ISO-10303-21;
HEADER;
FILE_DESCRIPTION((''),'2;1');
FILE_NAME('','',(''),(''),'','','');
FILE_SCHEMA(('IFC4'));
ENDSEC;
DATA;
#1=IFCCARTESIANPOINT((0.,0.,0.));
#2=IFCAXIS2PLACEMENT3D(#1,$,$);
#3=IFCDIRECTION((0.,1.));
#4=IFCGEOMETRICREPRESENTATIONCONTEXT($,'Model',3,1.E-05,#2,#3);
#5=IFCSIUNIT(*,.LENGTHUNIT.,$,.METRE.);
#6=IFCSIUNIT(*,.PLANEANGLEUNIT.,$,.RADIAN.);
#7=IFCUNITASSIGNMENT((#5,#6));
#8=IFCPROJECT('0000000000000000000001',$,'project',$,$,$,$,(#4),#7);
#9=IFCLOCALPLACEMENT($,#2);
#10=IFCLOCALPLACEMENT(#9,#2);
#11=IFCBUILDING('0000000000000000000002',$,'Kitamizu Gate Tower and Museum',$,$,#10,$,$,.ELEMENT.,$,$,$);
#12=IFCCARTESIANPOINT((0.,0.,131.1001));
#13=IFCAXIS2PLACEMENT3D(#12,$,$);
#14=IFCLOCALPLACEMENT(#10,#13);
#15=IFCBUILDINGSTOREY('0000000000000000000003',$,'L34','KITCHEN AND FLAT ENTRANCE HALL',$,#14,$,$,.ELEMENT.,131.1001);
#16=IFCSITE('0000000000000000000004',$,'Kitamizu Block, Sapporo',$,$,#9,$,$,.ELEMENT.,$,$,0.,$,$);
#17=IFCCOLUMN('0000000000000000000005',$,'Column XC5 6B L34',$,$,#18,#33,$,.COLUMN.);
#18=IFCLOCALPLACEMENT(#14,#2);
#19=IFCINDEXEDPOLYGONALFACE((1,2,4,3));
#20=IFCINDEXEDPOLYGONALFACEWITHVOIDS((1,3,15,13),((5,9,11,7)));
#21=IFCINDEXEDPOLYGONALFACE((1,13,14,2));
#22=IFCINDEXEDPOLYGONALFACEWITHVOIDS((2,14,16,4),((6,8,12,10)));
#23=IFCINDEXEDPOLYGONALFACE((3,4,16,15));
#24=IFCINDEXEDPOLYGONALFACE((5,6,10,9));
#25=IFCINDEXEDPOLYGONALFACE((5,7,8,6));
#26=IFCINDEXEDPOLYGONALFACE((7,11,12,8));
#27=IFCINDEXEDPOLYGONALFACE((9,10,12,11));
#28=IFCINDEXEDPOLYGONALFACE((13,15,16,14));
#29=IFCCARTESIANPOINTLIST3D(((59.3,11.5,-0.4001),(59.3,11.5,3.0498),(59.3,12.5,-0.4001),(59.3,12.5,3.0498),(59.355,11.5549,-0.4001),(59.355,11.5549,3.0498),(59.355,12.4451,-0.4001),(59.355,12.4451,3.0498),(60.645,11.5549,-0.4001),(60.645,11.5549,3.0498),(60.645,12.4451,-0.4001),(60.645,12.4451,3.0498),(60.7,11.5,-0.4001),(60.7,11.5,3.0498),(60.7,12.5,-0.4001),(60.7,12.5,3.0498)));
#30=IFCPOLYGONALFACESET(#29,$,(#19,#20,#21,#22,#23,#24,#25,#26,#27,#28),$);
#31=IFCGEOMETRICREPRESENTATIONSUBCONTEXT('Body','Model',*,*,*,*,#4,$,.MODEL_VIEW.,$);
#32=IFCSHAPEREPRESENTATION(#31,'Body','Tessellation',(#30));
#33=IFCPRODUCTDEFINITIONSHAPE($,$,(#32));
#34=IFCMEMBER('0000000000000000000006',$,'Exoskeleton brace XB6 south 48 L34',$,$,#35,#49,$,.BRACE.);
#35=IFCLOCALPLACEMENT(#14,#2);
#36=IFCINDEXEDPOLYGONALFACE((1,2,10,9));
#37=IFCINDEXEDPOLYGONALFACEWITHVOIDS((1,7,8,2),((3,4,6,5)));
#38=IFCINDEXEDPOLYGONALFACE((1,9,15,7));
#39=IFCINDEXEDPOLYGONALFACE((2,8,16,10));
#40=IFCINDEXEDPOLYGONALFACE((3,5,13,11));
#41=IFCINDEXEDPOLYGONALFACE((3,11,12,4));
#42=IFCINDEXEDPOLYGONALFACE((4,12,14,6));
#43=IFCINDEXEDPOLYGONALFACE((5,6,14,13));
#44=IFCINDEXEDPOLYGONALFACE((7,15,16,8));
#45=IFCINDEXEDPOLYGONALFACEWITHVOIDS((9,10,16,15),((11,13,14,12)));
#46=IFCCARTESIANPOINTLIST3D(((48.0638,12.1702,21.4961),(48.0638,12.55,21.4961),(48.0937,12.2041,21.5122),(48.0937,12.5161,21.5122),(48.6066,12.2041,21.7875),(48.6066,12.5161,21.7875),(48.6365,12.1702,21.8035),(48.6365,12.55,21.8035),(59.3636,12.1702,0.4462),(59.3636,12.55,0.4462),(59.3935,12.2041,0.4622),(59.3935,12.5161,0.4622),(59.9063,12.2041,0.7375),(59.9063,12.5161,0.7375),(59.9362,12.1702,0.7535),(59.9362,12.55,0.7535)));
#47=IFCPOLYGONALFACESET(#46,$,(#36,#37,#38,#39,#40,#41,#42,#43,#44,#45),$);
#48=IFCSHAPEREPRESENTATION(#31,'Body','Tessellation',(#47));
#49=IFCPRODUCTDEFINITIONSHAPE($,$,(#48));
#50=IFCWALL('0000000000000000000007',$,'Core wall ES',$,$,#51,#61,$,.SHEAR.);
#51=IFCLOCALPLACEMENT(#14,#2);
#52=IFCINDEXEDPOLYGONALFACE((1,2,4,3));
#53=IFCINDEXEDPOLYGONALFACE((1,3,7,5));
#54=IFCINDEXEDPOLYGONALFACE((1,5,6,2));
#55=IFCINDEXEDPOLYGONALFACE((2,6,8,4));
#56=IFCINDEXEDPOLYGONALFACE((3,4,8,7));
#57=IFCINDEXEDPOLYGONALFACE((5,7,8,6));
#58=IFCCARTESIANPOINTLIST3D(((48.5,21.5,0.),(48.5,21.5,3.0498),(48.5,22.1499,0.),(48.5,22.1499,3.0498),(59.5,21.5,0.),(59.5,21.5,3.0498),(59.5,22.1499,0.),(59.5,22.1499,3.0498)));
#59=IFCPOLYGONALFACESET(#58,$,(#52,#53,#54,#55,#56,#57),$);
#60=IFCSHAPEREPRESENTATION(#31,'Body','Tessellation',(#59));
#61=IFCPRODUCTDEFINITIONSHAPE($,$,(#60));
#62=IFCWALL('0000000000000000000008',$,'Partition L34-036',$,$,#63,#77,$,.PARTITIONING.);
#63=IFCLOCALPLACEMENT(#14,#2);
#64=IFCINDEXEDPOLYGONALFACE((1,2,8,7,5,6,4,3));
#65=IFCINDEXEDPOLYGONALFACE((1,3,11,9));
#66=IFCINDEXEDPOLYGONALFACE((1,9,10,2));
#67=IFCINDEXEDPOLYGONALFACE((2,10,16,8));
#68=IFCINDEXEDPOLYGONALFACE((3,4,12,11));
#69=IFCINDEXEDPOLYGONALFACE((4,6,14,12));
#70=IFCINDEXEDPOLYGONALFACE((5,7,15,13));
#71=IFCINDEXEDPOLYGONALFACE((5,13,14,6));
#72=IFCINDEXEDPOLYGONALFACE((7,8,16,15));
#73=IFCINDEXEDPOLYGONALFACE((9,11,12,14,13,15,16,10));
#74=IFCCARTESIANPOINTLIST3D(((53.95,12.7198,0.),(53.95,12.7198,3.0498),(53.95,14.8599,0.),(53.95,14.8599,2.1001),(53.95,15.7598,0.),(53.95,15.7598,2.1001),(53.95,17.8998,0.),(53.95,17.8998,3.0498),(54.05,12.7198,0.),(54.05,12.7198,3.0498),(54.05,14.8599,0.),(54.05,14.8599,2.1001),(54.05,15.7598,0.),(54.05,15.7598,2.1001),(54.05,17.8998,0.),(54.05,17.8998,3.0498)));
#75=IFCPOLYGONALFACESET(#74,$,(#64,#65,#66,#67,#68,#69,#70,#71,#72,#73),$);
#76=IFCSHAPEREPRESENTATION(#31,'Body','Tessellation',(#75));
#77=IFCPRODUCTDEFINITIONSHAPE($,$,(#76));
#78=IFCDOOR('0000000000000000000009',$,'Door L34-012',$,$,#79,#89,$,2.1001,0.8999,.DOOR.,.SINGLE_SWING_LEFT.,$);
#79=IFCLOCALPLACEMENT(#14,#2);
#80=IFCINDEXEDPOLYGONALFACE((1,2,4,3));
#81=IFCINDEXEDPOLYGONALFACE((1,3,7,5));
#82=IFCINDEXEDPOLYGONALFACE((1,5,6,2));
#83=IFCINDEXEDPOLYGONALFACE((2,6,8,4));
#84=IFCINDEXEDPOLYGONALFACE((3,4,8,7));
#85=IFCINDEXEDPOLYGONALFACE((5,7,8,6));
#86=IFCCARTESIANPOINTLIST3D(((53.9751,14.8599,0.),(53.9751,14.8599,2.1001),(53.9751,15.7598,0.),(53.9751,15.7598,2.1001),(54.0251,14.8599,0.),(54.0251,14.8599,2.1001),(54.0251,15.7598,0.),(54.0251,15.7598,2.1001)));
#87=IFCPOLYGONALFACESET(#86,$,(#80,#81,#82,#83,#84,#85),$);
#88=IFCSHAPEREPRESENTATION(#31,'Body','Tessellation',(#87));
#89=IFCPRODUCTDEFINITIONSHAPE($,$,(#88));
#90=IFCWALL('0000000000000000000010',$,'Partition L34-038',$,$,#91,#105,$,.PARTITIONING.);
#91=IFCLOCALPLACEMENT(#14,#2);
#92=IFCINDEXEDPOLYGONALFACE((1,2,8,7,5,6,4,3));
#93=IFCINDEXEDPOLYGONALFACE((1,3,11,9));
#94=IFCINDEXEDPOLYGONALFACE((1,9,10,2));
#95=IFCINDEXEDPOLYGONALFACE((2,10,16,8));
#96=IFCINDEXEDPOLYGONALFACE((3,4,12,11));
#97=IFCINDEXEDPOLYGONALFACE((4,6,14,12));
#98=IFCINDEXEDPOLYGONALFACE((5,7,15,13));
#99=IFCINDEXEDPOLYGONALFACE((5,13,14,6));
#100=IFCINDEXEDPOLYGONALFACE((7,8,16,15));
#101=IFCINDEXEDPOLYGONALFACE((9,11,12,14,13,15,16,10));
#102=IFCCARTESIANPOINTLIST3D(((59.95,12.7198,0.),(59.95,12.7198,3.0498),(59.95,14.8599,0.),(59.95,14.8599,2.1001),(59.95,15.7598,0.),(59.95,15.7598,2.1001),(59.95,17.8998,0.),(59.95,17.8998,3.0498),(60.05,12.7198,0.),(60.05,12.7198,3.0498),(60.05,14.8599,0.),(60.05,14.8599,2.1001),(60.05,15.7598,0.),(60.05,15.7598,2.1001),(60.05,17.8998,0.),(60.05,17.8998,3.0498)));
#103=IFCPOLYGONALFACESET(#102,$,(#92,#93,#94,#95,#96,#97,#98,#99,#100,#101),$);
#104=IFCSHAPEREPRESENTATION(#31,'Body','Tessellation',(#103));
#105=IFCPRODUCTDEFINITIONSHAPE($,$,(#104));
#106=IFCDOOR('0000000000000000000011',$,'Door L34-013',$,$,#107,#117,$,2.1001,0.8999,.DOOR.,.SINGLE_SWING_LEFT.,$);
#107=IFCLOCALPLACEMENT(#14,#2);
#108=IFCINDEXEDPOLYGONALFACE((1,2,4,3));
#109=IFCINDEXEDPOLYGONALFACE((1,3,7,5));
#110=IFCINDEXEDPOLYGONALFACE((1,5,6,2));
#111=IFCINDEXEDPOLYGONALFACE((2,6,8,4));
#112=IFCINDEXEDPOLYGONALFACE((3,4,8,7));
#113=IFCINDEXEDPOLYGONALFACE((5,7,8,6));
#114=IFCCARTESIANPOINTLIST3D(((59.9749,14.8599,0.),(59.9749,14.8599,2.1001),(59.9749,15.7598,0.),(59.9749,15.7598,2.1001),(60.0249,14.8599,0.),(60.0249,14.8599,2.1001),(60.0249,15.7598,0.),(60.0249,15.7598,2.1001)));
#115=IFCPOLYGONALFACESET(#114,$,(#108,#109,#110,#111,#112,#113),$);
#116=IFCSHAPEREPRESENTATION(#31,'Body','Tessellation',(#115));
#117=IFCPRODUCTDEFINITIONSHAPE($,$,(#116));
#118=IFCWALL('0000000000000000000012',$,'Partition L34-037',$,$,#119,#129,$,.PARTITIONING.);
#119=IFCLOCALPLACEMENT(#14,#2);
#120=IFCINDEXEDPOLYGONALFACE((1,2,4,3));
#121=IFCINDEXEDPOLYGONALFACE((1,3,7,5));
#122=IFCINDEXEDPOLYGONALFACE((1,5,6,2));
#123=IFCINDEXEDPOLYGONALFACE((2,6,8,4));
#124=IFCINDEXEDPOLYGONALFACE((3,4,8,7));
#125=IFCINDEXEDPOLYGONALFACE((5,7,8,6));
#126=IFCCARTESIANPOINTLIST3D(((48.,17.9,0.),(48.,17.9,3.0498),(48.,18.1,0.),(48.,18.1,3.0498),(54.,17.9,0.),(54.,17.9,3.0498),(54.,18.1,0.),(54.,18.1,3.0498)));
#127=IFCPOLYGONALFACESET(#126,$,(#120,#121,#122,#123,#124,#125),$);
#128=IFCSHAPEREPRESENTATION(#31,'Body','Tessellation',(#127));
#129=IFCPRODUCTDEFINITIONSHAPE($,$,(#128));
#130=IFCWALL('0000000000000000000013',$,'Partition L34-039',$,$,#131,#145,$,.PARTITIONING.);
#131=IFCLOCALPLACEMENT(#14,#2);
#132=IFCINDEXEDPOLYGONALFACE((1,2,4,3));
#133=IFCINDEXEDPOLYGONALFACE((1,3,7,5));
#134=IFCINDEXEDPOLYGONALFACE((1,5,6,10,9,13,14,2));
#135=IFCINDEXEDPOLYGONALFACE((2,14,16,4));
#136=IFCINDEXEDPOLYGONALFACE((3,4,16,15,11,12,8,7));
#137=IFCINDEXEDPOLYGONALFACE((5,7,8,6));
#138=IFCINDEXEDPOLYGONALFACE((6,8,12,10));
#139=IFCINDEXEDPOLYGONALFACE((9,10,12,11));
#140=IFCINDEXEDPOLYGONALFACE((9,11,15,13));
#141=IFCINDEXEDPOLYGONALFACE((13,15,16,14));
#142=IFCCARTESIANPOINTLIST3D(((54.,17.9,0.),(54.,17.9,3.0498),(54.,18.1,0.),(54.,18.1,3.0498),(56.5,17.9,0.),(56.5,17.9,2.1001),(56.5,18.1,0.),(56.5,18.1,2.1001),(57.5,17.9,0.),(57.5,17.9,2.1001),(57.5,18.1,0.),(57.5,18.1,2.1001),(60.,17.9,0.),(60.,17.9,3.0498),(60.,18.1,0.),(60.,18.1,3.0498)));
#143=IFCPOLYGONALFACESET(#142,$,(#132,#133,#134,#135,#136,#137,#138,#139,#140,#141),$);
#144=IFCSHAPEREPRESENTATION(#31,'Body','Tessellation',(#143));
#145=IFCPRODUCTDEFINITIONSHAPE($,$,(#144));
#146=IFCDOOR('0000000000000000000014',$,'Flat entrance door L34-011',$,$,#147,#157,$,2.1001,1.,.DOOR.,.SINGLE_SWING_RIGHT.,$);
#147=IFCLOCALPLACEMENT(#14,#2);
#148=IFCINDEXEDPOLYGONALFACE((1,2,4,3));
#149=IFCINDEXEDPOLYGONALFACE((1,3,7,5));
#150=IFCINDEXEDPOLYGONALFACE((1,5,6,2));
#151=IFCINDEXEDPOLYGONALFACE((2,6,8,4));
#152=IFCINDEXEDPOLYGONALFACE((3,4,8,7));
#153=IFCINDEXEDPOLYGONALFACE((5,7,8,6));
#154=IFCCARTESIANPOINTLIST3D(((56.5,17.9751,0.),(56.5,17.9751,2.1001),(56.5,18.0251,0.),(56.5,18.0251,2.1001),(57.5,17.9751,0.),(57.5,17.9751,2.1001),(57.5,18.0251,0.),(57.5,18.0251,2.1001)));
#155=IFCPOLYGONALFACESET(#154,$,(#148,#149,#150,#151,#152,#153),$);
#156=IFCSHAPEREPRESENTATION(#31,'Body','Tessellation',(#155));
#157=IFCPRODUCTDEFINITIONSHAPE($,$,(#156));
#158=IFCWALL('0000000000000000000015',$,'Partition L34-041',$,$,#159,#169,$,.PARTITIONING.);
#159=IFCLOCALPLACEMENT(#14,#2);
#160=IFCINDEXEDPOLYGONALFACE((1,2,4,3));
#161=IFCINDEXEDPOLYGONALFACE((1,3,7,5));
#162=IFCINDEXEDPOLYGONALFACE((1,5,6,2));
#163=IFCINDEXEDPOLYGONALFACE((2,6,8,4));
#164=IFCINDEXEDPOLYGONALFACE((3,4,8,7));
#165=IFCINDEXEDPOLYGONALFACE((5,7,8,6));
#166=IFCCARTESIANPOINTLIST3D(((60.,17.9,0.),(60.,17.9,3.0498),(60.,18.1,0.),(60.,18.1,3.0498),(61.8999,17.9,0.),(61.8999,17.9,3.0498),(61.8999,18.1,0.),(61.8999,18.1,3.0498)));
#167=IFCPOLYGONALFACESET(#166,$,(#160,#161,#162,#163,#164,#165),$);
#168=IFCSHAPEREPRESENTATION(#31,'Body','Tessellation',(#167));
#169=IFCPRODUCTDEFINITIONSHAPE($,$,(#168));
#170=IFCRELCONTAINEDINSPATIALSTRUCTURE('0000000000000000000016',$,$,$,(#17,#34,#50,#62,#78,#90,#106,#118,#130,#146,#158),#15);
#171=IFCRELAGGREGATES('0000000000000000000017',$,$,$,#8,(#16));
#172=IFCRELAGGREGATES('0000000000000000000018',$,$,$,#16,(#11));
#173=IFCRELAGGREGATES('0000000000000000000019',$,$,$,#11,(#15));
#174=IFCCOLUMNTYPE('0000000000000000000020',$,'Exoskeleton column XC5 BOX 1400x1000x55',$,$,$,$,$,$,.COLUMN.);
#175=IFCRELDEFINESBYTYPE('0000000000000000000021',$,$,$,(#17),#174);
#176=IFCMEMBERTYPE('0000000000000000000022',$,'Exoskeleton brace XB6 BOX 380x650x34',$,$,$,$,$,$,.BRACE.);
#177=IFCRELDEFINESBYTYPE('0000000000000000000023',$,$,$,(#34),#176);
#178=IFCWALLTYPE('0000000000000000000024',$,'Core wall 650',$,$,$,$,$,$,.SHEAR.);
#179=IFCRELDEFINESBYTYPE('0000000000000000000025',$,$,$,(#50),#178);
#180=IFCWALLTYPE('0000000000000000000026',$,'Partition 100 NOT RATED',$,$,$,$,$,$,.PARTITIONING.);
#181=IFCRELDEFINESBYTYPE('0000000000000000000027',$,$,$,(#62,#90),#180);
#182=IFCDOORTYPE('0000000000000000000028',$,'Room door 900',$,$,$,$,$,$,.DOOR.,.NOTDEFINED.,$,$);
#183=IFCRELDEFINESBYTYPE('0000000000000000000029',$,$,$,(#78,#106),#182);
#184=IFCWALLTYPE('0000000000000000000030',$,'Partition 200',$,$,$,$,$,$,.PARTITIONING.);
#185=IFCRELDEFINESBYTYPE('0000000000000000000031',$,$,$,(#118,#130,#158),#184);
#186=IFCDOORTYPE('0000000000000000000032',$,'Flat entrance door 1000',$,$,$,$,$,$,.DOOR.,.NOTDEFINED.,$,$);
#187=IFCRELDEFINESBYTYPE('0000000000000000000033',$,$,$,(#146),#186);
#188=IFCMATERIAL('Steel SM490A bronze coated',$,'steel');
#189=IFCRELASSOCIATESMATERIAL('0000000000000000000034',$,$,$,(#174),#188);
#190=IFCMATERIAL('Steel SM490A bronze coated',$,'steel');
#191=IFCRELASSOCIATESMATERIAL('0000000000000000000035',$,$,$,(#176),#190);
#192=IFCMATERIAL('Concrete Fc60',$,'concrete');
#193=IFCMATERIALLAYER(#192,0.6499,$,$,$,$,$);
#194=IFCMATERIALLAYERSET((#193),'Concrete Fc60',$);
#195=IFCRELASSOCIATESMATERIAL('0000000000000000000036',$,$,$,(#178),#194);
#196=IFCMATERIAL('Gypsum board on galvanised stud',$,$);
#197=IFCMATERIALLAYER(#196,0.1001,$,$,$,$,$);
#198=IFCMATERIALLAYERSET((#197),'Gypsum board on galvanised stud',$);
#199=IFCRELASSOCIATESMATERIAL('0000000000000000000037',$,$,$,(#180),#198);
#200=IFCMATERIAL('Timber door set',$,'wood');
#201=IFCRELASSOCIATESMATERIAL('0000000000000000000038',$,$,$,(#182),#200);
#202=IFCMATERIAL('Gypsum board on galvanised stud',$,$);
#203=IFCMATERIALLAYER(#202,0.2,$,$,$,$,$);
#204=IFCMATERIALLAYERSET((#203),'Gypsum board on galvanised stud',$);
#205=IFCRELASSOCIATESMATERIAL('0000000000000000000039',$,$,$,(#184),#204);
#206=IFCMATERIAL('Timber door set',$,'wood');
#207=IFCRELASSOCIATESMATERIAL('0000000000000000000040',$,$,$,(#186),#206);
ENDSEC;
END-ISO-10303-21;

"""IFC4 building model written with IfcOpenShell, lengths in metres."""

from ifc_helpers import new_model, si_unit, direction, frame, frame_2d, origin, origin_2d, place, context, subcontext, project, spatial, rectangle, hollow_rectangle, extrude, material, layer, layer_set, material_profile, profile_set, type_object, element, fill, save


model = new_model("IFC4")

# Units and contexts
model_context = context("Model", 3, precision=1e-05, world=origin(), true_north=direction((0.0, 1.0)))
body_context = subcontext(model_context, "Body", "Model", "MODEL_VIEW")
ifc_project = project(units=[si_unit("LENGTHUNIT", "METRE"), si_unit("PLANEANGLEUNIT", "RADIAN")], contexts=[model_context])

# Site, building, storey
site_placement = place(None, origin())
site = spatial("IfcSite", under=ifc_project, at=site_placement, Name="Kitamizu Block, Sapporo", CompositionType="ELEMENT", RefElevation=0.0)
building_placement = place(site_placement, origin())
building = spatial("IfcBuilding", under=site, at=building_placement, Name="Kitamizu Gate Tower and Museum", CompositionType="ELEMENT")
storey_placement = place(building_placement, frame((0.0, 0.0, 131.1001)))
storey = spatial("IfcBuildingStorey", under=building, at=storey_placement, Name="L34", Description="KITCHEN AND FLAT ENTRANCE HALL", CompositionType="ELEMENT", Elevation=131.1001)

# Column
ifc_material_1 = material(Name="Steel SM490A bronze coated", Category="steel")
ifc_material_profile_1 = material_profile(ifc_material_1, hollow_rectangle(XDim=1.3999, YDim=1.0, WallThickness=0.0549, at=origin_2d()), Name="BOX 1400x1000x55")
ifc_profile_set_1 = profile_set([ifc_material_profile_1], Name="Steel SM490A bronze coated")
column_type = type_object("IfcColumnType", Name="Exoskeleton column XC5 BOX 1400x1000x55", PredefinedType="COLUMN", material=ifc_profile_set_1)
column_placement = place(storey_placement, frame((60.0, 12.0, -0.4001), z_axis=(0.0, 0.0, 1.0), x_axis=(1.0, 0.0, 0.0)))
element("IfcColumn", 1, at=column_placement, inside=storey, type_object=column_type, Name="Column XC5 6B L34", PredefinedType="COLUMN", context=body_context, shape_type="SweptSolid", body=[
    extrude(hollow_rectangle(XDim=1.3999, YDim=1.0, WallThickness=0.0549, at=origin_2d()), origin(), (0.0, 0.0, 1.0), 3.45),
])

# Member
ifc_material_2 = material(Name="Steel SM490A bronze coated", Category="steel")
ifc_material_profile_2 = material_profile(ifc_material_2, hollow_rectangle(XDim=0.3799, YDim=0.6499, WallThickness=0.0339, at=origin_2d()), Name="BOX 380x650x34")
ifc_profile_set_2 = profile_set([ifc_material_profile_2], Name="Steel SM490A bronze coated")
member_type = type_object("IfcMemberType", Name="Exoskeleton brace XB6 BOX 380x650x34", PredefinedType="BRACE", material=ifc_profile_set_2)
member_placement = place(storey_placement, frame((59.6499, 12.3601, 0.5999), z_axis=(-0.472969, 0.0, 0.881079), x_axis=(0.0, -1.0, 0.0)))
element("IfcMember", 2, at=member_placement, inside=storey, type_object=member_type, Name="Exoskeleton brace XB6 south 48 L34", PredefinedType="BRACE", context=body_context, shape_type="SweptSolid", body=[
    extrude(hollow_rectangle(XDim=0.3799, YDim=0.6499, WallThickness=0.0339, at=origin_2d()), origin(), (0.0, 0.0, 1.0), 23.8911),
])

# Wall
ifc_material_3 = material(Name="Concrete Fc60", Category="concrete")
ifc_layer_1 = layer(ifc_material_3, 0.6499)
ifc_layer_set_1 = layer_set([ifc_layer_1], Name="Concrete Fc60")
wall_type_1 = type_object("IfcWallType", Name="Core wall 650", PredefinedType="SHEAR", material=ifc_layer_set_1)
wall_1_placement = place(storey_placement, frame((59.5, 21.825, 0.0), z_axis=(0.0, 0.0, 1.0), x_axis=(-1.0, 0.0, 0.0)))
element("IfcWall", 3, at=wall_1_placement, inside=storey, type_object=wall_type_1, Name="Core wall ES", PredefinedType="SHEAR", context=body_context, shape_type="SweptSolid", body=[
    extrude(rectangle(XDim=11.0, YDim=0.6499, at=frame_2d((5.5, 0.0))), origin(), (0.0, 0.0, 1.0), 3.0498),
])

# Walls, openings, doors
ifc_material_4 = material(Name="Gypsum board on galvanised stud")
ifc_layer_2 = layer(ifc_material_4, 0.1001)
ifc_layer_set_2 = layer_set([ifc_layer_2], Name="Gypsum board on galvanised stud")
wall_type_2 = type_object("IfcWallType", Name="Partition 100 NOT RATED", PredefinedType="PARTITIONING", material=ifc_layer_set_2)
wall_2_placement = place(storey_placement, frame((54.0, 12.72, 0.0), z_axis=(0.0, 0.0, 1.0), x_axis=(0.0, 1.0, 0.0)))
wall_2 = element("IfcWall", 4, at=wall_2_placement, inside=storey, type_object=wall_type_2, Name="Partition L34-036", PredefinedType="PARTITIONING", context=body_context, shape_type="SweptSolid", body=[
    extrude(rectangle(XDim=5.1799, YDim=0.1001, at=frame_2d((2.5898, 0.0))), origin(), (0.0, 0.0, 1.0), 3.0498),
])
opening_1_placement = place(wall_2_placement, frame((2.1399, 0.0, 0.0)))
opening_1 = element("IfcOpeningElement", 5, at=opening_1_placement, cuts=wall_2, PredefinedType="OPENING", context=body_context, shape_type="SweptSolid", body=[
    extrude(rectangle(XDim=0.8999, YDim=2.1001, at=frame_2d((0.45, 1.05))), frame((0.0, 0.0601, 0.0), z_axis=(0.0, -1.0, 0.0), x_axis=(1.0, 0.0, 0.0)), (0.0, 0.0, 1.0), 0.1201),
])
ifc_material_5 = material(Name="Timber door set", Category="wood")
door_type_1 = type_object("IfcDoorType", Name="Room door 900", OperationType="NOTDEFINED", PredefinedType="DOOR", material=ifc_material_5)
door_1_placement = place(opening_1_placement, origin())
door_1 = element("IfcDoor", 6, at=door_1_placement, inside=storey, type_object=door_type_1, Name="Door L34-012", OperationType="SINGLE_SWING_LEFT", OverallHeight=2.1001, OverallWidth=0.8999, PredefinedType="DOOR", context=body_context, shape_type="SweptSolid", body=[
    extrude(rectangle(XDim=0.8999, YDim=2.1001, at=frame_2d((0.45, 1.05))), frame((0.0, 0.0249, 0.0), z_axis=(0.0, -1.0, 0.0), x_axis=(1.0, 0.0, 0.0)), (0.0, 0.0, 1.0), 0.05),
])
fill(opening_1, door_1)
wall_3_placement = place(storey_placement, frame((60.0, 12.72, 0.0), z_axis=(0.0, 0.0, 1.0), x_axis=(0.0, 1.0, 0.0)))
wall_3 = element("IfcWall", 7, at=wall_3_placement, inside=storey, type_object=wall_type_2, Name="Partition L34-038", PredefinedType="PARTITIONING", context=body_context, shape_type="SweptSolid", body=[
    extrude(rectangle(XDim=5.1799, YDim=0.1001, at=frame_2d((2.5898, 0.0))), origin(), (0.0, 0.0, 1.0), 3.0498),
])
opening_2_placement = place(wall_3_placement, frame((2.1399, 0.0, 0.0)))
opening_2 = element("IfcOpeningElement", 8, at=opening_2_placement, cuts=wall_3, PredefinedType="OPENING", context=body_context, shape_type="SweptSolid", body=[
    extrude(rectangle(XDim=0.8999, YDim=2.1001, at=frame_2d((0.45, 1.05))), frame((0.0, 0.0601, 0.0), z_axis=(0.0, -1.0, 0.0), x_axis=(1.0, 0.0, 0.0)), (0.0, 0.0, 1.0), 0.1201),
])
door_2_placement = place(opening_2_placement, frame((0.8999, 0.0, 0.0), x_axis=(-1.0, 0.0, 0.0)))
door_2 = element("IfcDoor", 9, at=door_2_placement, inside=storey, type_object=door_type_1, Name="Door L34-013", OperationType="SINGLE_SWING_LEFT", OverallHeight=2.1001, OverallWidth=0.8999, PredefinedType="DOOR", context=body_context, shape_type="SweptSolid", body=[
    extrude(rectangle(XDim=0.8999, YDim=2.1001, at=frame_2d((0.45, 1.05))), frame((0.0, 0.0249, 0.0), z_axis=(0.0, -1.0, 0.0), x_axis=(1.0, 0.0, 0.0)), (0.0, 0.0, 1.0), 0.05),
])
fill(opening_2, door_2)

# Wall
ifc_material_6 = material(Name="Gypsum board on galvanised stud")
ifc_layer_3 = layer(ifc_material_6, 0.2)
ifc_layer_set_3 = layer_set([ifc_layer_3], Name="Gypsum board on galvanised stud")
wall_type_3 = type_object("IfcWallType", Name="Partition 200", PredefinedType="PARTITIONING", material=ifc_layer_set_3)
wall_4_placement = place(storey_placement, frame((54.0, 18.0, 0.0), z_axis=(0.0, 0.0, 1.0), x_axis=(-1.0, 0.0, 0.0)))
element("IfcWall", 10, at=wall_4_placement, inside=storey, type_object=wall_type_3, Name="Partition L34-037", PredefinedType="PARTITIONING", context=body_context, shape_type="SweptSolid", body=[
    extrude(rectangle(XDim=6.0, YDim=0.2, at=frame_2d((3.0, 0.0))), origin(), (0.0, 0.0, 1.0), 3.0498),
])

# Wall, opening, door
wall_5_placement = place(storey_placement, frame((60.0, 18.0, 0.0), z_axis=(0.0, 0.0, 1.0), x_axis=(-1.0, 0.0, 0.0)))
wall_5 = element("IfcWall", 11, at=wall_5_placement, inside=storey, type_object=wall_type_3, Name="Partition L34-039", PredefinedType="PARTITIONING", context=body_context, shape_type="SweptSolid", body=[
    extrude(rectangle(XDim=6.0, YDim=0.2, at=frame_2d((3.0, 0.0))), origin(), (0.0, 0.0, 1.0), 3.0498),
])
opening_3_placement = place(wall_5_placement, frame((2.5, 0.0, 0.0)))
opening_3 = element("IfcOpeningElement", 12, at=opening_3_placement, cuts=wall_5, PredefinedType="OPENING", context=body_context, shape_type="SweptSolid", body=[
    extrude(rectangle(XDim=1.0, YDim=2.1001, at=frame_2d((0.5, 1.05))), frame((0.0, 0.1099, 0.0), z_axis=(0.0, -1.0, 0.0), x_axis=(1.0, 0.0, 0.0)), (0.0, 0.0, 1.0), 0.22),
])
ifc_material_7 = material(Name="Timber door set", Category="wood")
door_type_2 = type_object("IfcDoorType", Name="Flat entrance door 1000", OperationType="NOTDEFINED", PredefinedType="DOOR", material=ifc_material_7)
door_3_placement = place(opening_3_placement, origin())
door_3 = element("IfcDoor", 13, at=door_3_placement, inside=storey, type_object=door_type_2, Name="Flat entrance door L34-011", OperationType="SINGLE_SWING_RIGHT", OverallHeight=2.1001, OverallWidth=1.0, PredefinedType="DOOR", context=body_context, shape_type="SweptSolid", body=[
    extrude(rectangle(XDim=1.0, YDim=2.1001, at=frame_2d((0.5, 1.05))), frame((0.0, 0.0249, 0.0), z_axis=(0.0, -1.0, 0.0), x_axis=(1.0, 0.0, 0.0)), (0.0, 0.0, 1.0), 0.05),
])
fill(opening_3, door_3)

# Wall
wall_6_placement = place(storey_placement, frame((61.8999, 18.0, 0.0), z_axis=(0.0, 0.0, 1.0), x_axis=(-1.0, 0.0, 0.0)))
element("IfcWall", 14, at=wall_6_placement, inside=storey, type_object=wall_type_3, Name="Partition L34-041", PredefinedType="PARTITIONING", context=body_context, shape_type="SweptSolid", body=[
    extrude(rectangle(XDim=1.8999, YDim=0.2, at=frame_2d((0.95, 0.0))), origin(), (0.0, 0.0, 1.0), 3.0498),
])

save(model, "model.ifc")
